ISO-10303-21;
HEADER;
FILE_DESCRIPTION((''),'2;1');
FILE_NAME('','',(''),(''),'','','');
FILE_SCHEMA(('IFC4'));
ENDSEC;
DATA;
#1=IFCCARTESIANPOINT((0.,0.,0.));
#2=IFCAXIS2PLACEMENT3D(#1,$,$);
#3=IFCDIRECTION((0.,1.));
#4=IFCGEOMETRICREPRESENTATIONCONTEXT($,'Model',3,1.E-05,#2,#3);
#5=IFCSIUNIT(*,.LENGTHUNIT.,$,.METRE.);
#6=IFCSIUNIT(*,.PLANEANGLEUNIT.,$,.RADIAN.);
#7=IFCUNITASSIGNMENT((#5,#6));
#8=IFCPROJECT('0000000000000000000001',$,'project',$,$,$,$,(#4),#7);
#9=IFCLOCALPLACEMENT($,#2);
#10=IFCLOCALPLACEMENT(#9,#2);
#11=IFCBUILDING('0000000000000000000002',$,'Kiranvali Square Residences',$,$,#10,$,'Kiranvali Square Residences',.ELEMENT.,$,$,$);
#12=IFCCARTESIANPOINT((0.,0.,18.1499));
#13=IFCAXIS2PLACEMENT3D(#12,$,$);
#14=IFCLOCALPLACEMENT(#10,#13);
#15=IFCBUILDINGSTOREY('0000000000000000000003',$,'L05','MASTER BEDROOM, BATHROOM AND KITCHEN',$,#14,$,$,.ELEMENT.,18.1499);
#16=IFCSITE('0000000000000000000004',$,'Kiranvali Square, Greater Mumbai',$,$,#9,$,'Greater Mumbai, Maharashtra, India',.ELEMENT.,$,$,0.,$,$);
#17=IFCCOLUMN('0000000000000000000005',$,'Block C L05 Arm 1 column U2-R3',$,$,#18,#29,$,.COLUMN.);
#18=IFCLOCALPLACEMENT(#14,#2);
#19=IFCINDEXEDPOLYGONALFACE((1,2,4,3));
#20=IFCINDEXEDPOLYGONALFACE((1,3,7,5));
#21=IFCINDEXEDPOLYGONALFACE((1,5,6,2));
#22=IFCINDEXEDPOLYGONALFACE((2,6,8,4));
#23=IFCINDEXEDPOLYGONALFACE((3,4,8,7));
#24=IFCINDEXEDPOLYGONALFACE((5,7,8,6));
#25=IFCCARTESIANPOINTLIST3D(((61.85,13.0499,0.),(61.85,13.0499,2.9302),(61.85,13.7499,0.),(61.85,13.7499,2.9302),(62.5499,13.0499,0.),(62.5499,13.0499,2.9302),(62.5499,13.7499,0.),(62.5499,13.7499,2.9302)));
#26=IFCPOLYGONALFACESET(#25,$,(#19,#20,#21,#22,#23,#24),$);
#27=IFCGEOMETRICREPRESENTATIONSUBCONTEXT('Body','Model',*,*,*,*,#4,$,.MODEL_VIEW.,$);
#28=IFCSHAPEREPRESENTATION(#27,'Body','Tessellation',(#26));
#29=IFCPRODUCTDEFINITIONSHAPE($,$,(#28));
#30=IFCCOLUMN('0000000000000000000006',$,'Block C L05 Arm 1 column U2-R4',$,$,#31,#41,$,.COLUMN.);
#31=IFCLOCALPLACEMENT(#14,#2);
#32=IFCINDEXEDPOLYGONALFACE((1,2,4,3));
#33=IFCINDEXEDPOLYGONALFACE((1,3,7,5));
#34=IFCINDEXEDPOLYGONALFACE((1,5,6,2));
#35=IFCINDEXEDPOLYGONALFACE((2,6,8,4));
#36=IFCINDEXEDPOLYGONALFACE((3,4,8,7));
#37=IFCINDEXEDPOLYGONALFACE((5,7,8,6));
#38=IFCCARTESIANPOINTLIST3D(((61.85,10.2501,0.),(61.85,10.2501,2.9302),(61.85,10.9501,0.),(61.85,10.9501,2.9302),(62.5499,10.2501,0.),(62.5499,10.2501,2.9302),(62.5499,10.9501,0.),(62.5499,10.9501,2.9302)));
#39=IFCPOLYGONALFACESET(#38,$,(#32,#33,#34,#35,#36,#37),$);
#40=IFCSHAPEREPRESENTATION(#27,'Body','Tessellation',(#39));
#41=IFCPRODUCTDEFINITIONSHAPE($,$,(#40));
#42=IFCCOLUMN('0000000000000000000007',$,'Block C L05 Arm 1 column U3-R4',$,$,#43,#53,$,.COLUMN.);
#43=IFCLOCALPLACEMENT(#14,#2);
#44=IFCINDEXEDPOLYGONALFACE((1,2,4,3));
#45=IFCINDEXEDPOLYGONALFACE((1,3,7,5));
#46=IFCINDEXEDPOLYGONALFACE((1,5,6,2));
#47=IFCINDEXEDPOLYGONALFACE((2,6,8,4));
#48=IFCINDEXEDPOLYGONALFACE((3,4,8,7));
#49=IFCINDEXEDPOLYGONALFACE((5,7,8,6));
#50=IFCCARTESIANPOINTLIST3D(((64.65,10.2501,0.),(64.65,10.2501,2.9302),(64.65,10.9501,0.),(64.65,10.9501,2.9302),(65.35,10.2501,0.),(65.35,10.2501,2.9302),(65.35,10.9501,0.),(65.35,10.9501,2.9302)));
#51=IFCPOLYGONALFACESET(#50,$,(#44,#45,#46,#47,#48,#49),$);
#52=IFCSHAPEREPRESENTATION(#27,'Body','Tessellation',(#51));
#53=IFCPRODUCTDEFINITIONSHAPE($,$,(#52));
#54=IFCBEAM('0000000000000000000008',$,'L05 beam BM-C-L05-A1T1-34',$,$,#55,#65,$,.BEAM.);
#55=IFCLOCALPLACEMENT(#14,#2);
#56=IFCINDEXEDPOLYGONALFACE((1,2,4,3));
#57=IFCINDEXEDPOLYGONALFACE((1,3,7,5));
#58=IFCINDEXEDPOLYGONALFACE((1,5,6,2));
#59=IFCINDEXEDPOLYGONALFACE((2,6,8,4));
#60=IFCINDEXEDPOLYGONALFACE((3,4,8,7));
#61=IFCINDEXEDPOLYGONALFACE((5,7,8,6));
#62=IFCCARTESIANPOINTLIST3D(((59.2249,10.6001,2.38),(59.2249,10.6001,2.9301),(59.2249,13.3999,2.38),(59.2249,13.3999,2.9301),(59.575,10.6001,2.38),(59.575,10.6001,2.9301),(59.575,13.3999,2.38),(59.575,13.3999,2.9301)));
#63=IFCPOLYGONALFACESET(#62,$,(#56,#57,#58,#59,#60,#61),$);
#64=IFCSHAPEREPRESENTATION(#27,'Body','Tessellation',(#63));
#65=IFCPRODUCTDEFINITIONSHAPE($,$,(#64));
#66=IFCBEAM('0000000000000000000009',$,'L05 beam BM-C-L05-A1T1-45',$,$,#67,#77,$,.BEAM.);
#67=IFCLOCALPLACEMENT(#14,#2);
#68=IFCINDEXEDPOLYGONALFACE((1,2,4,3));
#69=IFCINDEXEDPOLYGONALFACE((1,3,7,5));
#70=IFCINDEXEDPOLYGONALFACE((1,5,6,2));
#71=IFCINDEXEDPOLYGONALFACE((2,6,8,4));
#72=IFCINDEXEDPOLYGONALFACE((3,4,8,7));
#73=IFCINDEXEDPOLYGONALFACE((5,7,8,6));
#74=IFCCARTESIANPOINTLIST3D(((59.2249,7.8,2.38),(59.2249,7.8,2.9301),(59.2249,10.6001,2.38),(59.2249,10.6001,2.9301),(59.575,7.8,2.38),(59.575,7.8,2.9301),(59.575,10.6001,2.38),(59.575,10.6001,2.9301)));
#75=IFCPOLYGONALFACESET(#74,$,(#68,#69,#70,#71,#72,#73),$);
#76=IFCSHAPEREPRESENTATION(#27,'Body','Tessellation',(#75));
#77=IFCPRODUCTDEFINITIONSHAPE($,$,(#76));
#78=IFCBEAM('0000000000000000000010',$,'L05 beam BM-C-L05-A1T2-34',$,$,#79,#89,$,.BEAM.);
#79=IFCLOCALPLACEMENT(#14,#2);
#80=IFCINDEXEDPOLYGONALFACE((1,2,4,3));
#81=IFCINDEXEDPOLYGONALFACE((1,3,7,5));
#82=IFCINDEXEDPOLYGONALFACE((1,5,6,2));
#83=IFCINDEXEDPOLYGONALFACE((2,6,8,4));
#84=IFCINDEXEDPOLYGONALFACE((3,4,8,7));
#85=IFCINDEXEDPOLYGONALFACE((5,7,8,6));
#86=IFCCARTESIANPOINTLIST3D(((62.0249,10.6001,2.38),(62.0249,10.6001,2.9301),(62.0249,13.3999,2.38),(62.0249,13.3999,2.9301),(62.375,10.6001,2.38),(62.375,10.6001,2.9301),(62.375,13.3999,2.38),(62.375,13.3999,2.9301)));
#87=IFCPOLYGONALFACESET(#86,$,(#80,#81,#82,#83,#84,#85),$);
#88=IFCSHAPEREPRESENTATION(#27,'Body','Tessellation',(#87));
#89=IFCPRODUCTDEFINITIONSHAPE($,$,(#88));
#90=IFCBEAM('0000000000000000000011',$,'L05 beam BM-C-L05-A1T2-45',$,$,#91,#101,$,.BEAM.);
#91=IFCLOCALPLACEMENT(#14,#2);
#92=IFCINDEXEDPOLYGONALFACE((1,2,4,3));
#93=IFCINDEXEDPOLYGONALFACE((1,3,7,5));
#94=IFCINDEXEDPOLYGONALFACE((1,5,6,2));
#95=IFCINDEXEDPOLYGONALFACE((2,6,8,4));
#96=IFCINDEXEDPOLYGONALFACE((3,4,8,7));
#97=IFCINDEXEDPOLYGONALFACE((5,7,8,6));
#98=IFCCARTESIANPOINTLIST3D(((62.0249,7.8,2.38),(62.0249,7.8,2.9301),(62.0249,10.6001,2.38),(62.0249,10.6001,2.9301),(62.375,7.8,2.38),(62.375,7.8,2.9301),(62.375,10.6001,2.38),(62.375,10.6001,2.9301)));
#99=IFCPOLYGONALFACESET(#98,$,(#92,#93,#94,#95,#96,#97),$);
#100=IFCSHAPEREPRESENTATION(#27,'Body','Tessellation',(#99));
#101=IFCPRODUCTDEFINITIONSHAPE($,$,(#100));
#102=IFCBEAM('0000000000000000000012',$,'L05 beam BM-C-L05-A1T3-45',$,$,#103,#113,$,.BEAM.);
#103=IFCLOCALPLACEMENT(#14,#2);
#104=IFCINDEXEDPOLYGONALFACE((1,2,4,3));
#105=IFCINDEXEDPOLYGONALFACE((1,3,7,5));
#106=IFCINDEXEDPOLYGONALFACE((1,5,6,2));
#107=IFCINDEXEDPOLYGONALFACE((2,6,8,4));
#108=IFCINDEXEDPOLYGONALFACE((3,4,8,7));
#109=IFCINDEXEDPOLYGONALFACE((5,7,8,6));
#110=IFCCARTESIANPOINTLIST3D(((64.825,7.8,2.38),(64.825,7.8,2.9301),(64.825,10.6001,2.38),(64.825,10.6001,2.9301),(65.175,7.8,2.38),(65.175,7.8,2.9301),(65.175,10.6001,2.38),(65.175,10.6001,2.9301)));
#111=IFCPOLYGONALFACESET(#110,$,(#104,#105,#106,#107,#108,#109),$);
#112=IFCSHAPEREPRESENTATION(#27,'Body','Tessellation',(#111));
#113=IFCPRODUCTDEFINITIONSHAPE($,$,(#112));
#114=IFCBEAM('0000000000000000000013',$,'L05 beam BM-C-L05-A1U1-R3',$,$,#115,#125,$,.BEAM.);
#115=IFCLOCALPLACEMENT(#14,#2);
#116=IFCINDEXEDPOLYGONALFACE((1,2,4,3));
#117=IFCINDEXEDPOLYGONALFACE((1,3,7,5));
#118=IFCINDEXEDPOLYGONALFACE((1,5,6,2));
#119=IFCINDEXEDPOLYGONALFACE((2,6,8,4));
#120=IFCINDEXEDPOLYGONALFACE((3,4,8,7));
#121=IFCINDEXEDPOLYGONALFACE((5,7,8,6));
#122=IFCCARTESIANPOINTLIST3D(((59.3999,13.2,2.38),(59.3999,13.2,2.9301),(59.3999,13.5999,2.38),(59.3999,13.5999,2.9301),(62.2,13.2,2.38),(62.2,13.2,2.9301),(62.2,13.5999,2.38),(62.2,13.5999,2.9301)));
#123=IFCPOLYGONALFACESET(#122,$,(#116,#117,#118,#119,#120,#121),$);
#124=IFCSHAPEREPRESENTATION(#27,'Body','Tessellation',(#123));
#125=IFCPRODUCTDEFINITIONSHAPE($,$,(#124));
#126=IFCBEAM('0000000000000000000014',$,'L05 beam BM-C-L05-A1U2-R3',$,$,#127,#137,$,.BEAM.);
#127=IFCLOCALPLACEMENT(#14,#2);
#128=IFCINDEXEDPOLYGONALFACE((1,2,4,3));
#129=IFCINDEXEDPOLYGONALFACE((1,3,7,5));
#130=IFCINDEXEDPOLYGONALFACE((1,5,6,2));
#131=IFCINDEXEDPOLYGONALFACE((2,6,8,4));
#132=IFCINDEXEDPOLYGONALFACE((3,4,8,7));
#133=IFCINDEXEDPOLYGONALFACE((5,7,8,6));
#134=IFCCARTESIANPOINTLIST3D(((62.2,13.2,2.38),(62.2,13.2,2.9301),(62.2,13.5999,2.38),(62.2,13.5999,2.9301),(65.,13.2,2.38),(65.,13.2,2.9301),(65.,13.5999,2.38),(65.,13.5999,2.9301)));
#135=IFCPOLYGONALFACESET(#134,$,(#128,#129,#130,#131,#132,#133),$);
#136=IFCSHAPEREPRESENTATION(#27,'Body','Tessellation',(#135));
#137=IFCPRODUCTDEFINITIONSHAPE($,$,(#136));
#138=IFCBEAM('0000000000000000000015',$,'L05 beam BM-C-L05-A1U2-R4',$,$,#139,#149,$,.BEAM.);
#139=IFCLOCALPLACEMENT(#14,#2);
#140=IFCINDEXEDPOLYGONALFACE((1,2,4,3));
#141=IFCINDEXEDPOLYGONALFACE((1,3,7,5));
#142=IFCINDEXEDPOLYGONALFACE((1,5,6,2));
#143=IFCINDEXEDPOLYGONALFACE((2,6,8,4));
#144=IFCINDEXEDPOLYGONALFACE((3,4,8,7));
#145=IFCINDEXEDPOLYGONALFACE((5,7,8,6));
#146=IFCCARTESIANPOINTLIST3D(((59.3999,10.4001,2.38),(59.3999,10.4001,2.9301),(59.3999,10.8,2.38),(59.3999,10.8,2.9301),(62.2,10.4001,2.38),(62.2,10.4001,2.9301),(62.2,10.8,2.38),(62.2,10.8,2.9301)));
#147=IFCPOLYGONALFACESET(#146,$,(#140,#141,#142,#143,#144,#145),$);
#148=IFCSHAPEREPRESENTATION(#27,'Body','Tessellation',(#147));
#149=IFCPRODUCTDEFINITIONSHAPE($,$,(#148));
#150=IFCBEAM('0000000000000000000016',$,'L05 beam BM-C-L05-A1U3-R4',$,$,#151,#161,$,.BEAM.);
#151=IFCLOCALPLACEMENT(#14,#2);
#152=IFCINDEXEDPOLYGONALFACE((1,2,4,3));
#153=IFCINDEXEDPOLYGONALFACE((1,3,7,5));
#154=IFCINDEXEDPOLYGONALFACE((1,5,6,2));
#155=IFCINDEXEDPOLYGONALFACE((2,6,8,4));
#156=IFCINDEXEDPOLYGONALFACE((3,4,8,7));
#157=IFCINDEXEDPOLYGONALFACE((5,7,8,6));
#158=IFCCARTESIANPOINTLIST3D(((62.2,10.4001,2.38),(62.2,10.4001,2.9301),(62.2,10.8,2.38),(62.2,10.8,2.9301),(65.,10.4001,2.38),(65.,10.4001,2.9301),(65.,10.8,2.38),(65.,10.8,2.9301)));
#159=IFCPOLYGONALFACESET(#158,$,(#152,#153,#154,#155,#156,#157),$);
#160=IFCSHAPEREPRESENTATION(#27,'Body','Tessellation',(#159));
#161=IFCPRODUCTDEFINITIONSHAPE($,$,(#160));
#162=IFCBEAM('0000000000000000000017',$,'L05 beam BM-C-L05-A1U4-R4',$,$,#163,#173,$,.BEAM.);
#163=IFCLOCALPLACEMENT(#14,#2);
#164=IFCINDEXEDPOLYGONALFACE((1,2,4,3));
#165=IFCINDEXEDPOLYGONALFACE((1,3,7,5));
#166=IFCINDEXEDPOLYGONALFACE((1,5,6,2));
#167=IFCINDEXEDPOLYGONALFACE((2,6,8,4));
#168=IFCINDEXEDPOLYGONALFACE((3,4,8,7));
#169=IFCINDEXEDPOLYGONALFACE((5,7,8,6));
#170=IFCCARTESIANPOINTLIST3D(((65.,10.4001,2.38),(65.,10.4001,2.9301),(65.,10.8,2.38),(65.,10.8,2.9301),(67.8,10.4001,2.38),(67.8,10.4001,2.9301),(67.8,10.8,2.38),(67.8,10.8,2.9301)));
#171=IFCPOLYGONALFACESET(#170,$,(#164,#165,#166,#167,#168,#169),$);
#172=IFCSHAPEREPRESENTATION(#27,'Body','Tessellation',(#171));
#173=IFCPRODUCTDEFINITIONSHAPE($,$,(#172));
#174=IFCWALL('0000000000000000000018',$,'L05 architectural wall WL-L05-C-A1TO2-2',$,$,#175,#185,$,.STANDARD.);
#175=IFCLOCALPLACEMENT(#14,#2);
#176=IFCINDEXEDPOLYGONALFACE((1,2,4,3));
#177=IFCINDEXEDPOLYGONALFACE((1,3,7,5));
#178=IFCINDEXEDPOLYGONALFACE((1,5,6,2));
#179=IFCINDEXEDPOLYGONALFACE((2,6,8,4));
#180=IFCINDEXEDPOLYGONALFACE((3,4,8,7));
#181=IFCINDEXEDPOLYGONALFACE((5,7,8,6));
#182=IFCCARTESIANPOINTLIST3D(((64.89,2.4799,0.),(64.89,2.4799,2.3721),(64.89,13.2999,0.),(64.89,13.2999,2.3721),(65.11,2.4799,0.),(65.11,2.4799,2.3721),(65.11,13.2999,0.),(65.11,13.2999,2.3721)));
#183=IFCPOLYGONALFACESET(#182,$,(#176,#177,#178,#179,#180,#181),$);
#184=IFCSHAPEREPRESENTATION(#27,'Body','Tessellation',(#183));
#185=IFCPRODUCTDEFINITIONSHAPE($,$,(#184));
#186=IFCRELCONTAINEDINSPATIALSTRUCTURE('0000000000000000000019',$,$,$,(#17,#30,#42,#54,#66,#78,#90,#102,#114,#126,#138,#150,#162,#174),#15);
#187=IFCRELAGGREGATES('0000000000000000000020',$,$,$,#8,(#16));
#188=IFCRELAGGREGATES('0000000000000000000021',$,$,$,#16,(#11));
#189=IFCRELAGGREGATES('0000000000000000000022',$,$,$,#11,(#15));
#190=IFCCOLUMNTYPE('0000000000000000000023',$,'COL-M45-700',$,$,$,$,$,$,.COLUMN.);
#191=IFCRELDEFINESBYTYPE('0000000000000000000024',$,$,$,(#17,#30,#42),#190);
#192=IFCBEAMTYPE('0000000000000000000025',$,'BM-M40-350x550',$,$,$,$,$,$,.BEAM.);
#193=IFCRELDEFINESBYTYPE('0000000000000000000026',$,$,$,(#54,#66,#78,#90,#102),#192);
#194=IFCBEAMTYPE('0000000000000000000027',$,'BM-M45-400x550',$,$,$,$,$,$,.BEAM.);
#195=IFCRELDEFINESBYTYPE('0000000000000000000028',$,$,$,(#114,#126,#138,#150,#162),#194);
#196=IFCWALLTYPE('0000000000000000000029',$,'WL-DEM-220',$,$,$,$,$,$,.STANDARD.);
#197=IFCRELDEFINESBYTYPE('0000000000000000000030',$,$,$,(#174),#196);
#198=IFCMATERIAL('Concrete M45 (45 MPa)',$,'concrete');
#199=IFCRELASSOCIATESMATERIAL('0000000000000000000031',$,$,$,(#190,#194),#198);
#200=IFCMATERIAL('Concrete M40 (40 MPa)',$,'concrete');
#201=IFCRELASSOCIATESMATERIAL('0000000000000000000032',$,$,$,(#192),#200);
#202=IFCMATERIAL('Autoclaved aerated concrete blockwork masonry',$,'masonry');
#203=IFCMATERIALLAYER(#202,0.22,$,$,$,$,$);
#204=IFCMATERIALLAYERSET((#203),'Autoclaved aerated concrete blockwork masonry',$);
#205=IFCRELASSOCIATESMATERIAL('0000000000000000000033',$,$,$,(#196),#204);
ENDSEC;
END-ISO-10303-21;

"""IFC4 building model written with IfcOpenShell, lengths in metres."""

from ifc_helpers import new_model, si_unit, direction, frame, frame_2d, origin, origin_2d, place, context, subcontext, project, spatial, rectangle, extrude, material, layer, layer_set, material_profile, profile_set, type_object, element, save


model = new_model("IFC4")

# Units and contexts
model_context = context("Model", 3, precision=1e-05, world=origin(), true_north=direction((0.0, 1.0)))
body_context = subcontext(model_context, "Body", "Model", "MODEL_VIEW")
ifc_project = project(units=[si_unit("LENGTHUNIT", "METRE"), si_unit("PLANEANGLEUNIT", "RADIAN")], contexts=[model_context])

# Site, building, storey
site_placement = place(None, origin())
site = spatial("IfcSite", under=ifc_project, at=site_placement, Name="Kiranvali Square, Greater Mumbai", LongName="Greater Mumbai, Maharashtra, India", CompositionType="ELEMENT", RefElevation=0.0)
building_placement = place(site_placement, origin())
building = spatial("IfcBuilding", under=site, at=building_placement, Name="Kiranvali Square Residences", LongName="Kiranvali Square Residences", CompositionType="ELEMENT")
storey_placement = place(building_placement, frame((0.0, 0.0, 18.1499)))
storey = spatial("IfcBuildingStorey", under=building, at=storey_placement, Name="L05", Description="MASTER BEDROOM, BATHROOM AND KITCHEN", CompositionType="ELEMENT", Elevation=18.1499)

# Columns
ifc_material_1 = material(Name="Concrete M45 (45 MPa)", Category="concrete")
ifc_material_profile_1 = material_profile(ifc_material_1, rectangle(XDim=0.7, YDim=0.7, at=origin_2d()), Name="RC 700x700")
ifc_profile_set_1 = profile_set([ifc_material_profile_1], Name="Concrete M45 (45 MPa)")
column_type = type_object("IfcColumnType", Name="COL-M45-700", PredefinedType="COLUMN", material=ifc_profile_set_1)
for number, where, z_axis, x_axis, name in (
    (1, (62.2, 13.3999, 0.0), (0.0, 0.0, 1.0), (1.0, 0.0, 0.0), "Block C L05 Arm 1 column U2-R3"),
    (2, (62.2, 10.6001, 0.0), (0.0, 0.0, 1.0), (1.0, 0.0, 0.0), "Block C L05 Arm 1 column U2-R4"),
    (3, (65.0, 10.6001, 0.0), (0.0, 0.0, 1.0), (1.0, 0.0, 0.0), "Block C L05 Arm 1 column U3-R4"),
):
    element("IfcColumn", number, at=place(storey_placement, frame(where, z_axis=z_axis, x_axis=x_axis)), inside=storey, type_object=column_type, Name=name, PredefinedType="COLUMN", context=body_context, shape_type="SweptSolid", body=[
        extrude(rectangle(XDim=0.7, YDim=0.7, at=origin_2d()), origin(), (0.0, 0.0, 1.0), 2.9302),
    ])

# Beams
ifc_material_2 = material(Name="Concrete M40 (40 MPa)", Category="concrete")
ifc_material_profile_2 = material_profile(ifc_material_2, rectangle(XDim=0.3501, YDim=0.55, at=origin_2d()), Name="RC 350x550")
ifc_profile_set_2 = profile_set([ifc_material_profile_2], Name="Concrete M40 (40 MPa)")
beam_type_1 = type_object("IfcBeamType", Name="BM-M40-350x550", PredefinedType="BEAM", material=ifc_profile_set_2)
beam_1_placement = place(storey_placement, frame((59.3999, 13.3999, 2.655), z_axis=(0.0, -1.0, 0.0), x_axis=(1.0, 0.0, 0.0)))
element("IfcBeam", 4, at=beam_1_placement, inside=storey, type_object=beam_type_1, Name="L05 beam BM-C-L05-A1T1-34", PredefinedType="BEAM", context=body_context, shape_type="SweptSolid", body=[
    extrude(rectangle(XDim=0.3501, YDim=0.55, at=origin_2d()), origin(), (0.0, 0.0, 1.0), 2.7998),
])
beam_2_placement = place(storey_placement, frame((59.3999, 10.6001, 2.655), z_axis=(0.0, -1.0, 0.0), x_axis=(1.0, 0.0, 0.0)))
element("IfcBeam", 5, at=beam_2_placement, inside=storey, type_object=beam_type_1, Name="L05 beam BM-C-L05-A1T1-45", PredefinedType="BEAM", context=body_context, shape_type="SweptSolid", body=[
    extrude(rectangle(XDim=0.3501, YDim=0.55, at=origin_2d()), origin(), (0.0, 0.0, 1.0), 2.8),
])
beam_3_placement = place(storey_placement, frame((62.2, 13.3999, 2.655), z_axis=(0.0, -1.0, 0.0), x_axis=(1.0, 0.0, 0.0)))
element("IfcBeam", 6, at=beam_3_placement, inside=storey, type_object=beam_type_1, Name="L05 beam BM-C-L05-A1T2-34", PredefinedType="BEAM", context=body_context, shape_type="SweptSolid", body=[
    extrude(rectangle(XDim=0.3501, YDim=0.55, at=origin_2d()), origin(), (0.0, 0.0, 1.0), 2.7998),
])
for number, where, z_axis, x_axis, name in (
    (7, (62.2, 10.6001, 2.655), (0.0, -1.0, 0.0), (1.0, 0.0, 0.0), "L05 beam BM-C-L05-A1T2-45"),
    (8, (65.0, 10.6001, 2.655), (0.0, -1.0, 0.0), (1.0, 0.0, 0.0), "L05 beam BM-C-L05-A1T3-45"),
):
    element("IfcBeam", number, at=place(storey_placement, frame(where, z_axis=z_axis, x_axis=x_axis)), inside=storey, type_object=beam_type_1, Name=name, PredefinedType="BEAM", context=body_context, shape_type="SweptSolid", body=[
        extrude(rectangle(XDim=0.3501, YDim=0.55, at=origin_2d()), origin(), (0.0, 0.0, 1.0), 2.8),
    ])
ifc_material_profile_3 = material_profile(ifc_material_1, rectangle(XDim=0.3999, YDim=0.55, at=origin_2d()), Name="RC 400x550")
ifc_profile_set_3 = profile_set([ifc_material_profile_3], Name="Concrete M45 (45 MPa)")
beam_type_2 = type_object("IfcBeamType", Name="BM-M45-400x550", PredefinedType="BEAM", material=ifc_profile_set_3)
for number, where, z_axis, x_axis, name in (
    (9, (59.3999, 13.3999, 2.655), (1.0, 0.0, 0.0), (0.0, 1.0, 0.0), "L05 beam BM-C-L05-A1U1-R3"),
    (10, (62.2, 13.3999, 2.655), (1.0, 0.0, 0.0), (0.0, 1.0, 0.0), "L05 beam BM-C-L05-A1U2-R3"),
    (11, (59.3999, 10.6001, 2.655), (1.0, 0.0, 0.0), (0.0, 1.0, 0.0), "L05 beam BM-C-L05-A1U2-R4"),
    (12, (62.2, 10.6001, 2.655), (1.0, 0.0, 0.0), (0.0, 1.0, 0.0), "L05 beam BM-C-L05-A1U3-R4"),
    (13, (65.0, 10.6001, 2.655), (1.0, 0.0, 0.0), (0.0, 1.0, 0.0), "L05 beam BM-C-L05-A1U4-R4"),
):
    element("IfcBeam", number, at=place(storey_placement, frame(where, z_axis=z_axis, x_axis=x_axis)), inside=storey, type_object=beam_type_2, Name=name, PredefinedType="BEAM", context=body_context, shape_type="SweptSolid", body=[
        extrude(rectangle(XDim=0.3999, YDim=0.55, at=origin_2d()), origin(), (0.0, 0.0, 1.0), 2.8),
    ])

# Wall
ifc_material_3 = material(Name="Autoclaved aerated concrete blockwork masonry", Category="masonry")
ifc_layer_1 = layer(ifc_material_3, 0.22)
ifc_layer_set_1 = layer_set([ifc_layer_1], Name="Autoclaved aerated concrete blockwork masonry")
wall_type_1 = type_object("IfcWallType", Name="WL-DEM-220", PredefinedType="STANDARD", material=ifc_layer_set_1)
wall_1_placement = place(storey_placement, frame((65.0, 13.3, 0.0), z_axis=(0.0, 0.0, 1.0), x_axis=(0.0, -1.0, 0.0)))
element("IfcWall", 14, at=wall_1_placement, inside=storey, type_object=wall_type_1, Name="L05 architectural wall WL-L05-C-A1TO2-2", PredefinedType="STANDARD", context=body_context, shape_type="SweptSolid", body=[
    extrude(rectangle(XDim=10.8201, YDim=0.22, at=frame_2d((5.4102, 0.0))), origin(), (0.0, 0.0, 1.0), 2.3721),
])

save(model, "model.ifc")
